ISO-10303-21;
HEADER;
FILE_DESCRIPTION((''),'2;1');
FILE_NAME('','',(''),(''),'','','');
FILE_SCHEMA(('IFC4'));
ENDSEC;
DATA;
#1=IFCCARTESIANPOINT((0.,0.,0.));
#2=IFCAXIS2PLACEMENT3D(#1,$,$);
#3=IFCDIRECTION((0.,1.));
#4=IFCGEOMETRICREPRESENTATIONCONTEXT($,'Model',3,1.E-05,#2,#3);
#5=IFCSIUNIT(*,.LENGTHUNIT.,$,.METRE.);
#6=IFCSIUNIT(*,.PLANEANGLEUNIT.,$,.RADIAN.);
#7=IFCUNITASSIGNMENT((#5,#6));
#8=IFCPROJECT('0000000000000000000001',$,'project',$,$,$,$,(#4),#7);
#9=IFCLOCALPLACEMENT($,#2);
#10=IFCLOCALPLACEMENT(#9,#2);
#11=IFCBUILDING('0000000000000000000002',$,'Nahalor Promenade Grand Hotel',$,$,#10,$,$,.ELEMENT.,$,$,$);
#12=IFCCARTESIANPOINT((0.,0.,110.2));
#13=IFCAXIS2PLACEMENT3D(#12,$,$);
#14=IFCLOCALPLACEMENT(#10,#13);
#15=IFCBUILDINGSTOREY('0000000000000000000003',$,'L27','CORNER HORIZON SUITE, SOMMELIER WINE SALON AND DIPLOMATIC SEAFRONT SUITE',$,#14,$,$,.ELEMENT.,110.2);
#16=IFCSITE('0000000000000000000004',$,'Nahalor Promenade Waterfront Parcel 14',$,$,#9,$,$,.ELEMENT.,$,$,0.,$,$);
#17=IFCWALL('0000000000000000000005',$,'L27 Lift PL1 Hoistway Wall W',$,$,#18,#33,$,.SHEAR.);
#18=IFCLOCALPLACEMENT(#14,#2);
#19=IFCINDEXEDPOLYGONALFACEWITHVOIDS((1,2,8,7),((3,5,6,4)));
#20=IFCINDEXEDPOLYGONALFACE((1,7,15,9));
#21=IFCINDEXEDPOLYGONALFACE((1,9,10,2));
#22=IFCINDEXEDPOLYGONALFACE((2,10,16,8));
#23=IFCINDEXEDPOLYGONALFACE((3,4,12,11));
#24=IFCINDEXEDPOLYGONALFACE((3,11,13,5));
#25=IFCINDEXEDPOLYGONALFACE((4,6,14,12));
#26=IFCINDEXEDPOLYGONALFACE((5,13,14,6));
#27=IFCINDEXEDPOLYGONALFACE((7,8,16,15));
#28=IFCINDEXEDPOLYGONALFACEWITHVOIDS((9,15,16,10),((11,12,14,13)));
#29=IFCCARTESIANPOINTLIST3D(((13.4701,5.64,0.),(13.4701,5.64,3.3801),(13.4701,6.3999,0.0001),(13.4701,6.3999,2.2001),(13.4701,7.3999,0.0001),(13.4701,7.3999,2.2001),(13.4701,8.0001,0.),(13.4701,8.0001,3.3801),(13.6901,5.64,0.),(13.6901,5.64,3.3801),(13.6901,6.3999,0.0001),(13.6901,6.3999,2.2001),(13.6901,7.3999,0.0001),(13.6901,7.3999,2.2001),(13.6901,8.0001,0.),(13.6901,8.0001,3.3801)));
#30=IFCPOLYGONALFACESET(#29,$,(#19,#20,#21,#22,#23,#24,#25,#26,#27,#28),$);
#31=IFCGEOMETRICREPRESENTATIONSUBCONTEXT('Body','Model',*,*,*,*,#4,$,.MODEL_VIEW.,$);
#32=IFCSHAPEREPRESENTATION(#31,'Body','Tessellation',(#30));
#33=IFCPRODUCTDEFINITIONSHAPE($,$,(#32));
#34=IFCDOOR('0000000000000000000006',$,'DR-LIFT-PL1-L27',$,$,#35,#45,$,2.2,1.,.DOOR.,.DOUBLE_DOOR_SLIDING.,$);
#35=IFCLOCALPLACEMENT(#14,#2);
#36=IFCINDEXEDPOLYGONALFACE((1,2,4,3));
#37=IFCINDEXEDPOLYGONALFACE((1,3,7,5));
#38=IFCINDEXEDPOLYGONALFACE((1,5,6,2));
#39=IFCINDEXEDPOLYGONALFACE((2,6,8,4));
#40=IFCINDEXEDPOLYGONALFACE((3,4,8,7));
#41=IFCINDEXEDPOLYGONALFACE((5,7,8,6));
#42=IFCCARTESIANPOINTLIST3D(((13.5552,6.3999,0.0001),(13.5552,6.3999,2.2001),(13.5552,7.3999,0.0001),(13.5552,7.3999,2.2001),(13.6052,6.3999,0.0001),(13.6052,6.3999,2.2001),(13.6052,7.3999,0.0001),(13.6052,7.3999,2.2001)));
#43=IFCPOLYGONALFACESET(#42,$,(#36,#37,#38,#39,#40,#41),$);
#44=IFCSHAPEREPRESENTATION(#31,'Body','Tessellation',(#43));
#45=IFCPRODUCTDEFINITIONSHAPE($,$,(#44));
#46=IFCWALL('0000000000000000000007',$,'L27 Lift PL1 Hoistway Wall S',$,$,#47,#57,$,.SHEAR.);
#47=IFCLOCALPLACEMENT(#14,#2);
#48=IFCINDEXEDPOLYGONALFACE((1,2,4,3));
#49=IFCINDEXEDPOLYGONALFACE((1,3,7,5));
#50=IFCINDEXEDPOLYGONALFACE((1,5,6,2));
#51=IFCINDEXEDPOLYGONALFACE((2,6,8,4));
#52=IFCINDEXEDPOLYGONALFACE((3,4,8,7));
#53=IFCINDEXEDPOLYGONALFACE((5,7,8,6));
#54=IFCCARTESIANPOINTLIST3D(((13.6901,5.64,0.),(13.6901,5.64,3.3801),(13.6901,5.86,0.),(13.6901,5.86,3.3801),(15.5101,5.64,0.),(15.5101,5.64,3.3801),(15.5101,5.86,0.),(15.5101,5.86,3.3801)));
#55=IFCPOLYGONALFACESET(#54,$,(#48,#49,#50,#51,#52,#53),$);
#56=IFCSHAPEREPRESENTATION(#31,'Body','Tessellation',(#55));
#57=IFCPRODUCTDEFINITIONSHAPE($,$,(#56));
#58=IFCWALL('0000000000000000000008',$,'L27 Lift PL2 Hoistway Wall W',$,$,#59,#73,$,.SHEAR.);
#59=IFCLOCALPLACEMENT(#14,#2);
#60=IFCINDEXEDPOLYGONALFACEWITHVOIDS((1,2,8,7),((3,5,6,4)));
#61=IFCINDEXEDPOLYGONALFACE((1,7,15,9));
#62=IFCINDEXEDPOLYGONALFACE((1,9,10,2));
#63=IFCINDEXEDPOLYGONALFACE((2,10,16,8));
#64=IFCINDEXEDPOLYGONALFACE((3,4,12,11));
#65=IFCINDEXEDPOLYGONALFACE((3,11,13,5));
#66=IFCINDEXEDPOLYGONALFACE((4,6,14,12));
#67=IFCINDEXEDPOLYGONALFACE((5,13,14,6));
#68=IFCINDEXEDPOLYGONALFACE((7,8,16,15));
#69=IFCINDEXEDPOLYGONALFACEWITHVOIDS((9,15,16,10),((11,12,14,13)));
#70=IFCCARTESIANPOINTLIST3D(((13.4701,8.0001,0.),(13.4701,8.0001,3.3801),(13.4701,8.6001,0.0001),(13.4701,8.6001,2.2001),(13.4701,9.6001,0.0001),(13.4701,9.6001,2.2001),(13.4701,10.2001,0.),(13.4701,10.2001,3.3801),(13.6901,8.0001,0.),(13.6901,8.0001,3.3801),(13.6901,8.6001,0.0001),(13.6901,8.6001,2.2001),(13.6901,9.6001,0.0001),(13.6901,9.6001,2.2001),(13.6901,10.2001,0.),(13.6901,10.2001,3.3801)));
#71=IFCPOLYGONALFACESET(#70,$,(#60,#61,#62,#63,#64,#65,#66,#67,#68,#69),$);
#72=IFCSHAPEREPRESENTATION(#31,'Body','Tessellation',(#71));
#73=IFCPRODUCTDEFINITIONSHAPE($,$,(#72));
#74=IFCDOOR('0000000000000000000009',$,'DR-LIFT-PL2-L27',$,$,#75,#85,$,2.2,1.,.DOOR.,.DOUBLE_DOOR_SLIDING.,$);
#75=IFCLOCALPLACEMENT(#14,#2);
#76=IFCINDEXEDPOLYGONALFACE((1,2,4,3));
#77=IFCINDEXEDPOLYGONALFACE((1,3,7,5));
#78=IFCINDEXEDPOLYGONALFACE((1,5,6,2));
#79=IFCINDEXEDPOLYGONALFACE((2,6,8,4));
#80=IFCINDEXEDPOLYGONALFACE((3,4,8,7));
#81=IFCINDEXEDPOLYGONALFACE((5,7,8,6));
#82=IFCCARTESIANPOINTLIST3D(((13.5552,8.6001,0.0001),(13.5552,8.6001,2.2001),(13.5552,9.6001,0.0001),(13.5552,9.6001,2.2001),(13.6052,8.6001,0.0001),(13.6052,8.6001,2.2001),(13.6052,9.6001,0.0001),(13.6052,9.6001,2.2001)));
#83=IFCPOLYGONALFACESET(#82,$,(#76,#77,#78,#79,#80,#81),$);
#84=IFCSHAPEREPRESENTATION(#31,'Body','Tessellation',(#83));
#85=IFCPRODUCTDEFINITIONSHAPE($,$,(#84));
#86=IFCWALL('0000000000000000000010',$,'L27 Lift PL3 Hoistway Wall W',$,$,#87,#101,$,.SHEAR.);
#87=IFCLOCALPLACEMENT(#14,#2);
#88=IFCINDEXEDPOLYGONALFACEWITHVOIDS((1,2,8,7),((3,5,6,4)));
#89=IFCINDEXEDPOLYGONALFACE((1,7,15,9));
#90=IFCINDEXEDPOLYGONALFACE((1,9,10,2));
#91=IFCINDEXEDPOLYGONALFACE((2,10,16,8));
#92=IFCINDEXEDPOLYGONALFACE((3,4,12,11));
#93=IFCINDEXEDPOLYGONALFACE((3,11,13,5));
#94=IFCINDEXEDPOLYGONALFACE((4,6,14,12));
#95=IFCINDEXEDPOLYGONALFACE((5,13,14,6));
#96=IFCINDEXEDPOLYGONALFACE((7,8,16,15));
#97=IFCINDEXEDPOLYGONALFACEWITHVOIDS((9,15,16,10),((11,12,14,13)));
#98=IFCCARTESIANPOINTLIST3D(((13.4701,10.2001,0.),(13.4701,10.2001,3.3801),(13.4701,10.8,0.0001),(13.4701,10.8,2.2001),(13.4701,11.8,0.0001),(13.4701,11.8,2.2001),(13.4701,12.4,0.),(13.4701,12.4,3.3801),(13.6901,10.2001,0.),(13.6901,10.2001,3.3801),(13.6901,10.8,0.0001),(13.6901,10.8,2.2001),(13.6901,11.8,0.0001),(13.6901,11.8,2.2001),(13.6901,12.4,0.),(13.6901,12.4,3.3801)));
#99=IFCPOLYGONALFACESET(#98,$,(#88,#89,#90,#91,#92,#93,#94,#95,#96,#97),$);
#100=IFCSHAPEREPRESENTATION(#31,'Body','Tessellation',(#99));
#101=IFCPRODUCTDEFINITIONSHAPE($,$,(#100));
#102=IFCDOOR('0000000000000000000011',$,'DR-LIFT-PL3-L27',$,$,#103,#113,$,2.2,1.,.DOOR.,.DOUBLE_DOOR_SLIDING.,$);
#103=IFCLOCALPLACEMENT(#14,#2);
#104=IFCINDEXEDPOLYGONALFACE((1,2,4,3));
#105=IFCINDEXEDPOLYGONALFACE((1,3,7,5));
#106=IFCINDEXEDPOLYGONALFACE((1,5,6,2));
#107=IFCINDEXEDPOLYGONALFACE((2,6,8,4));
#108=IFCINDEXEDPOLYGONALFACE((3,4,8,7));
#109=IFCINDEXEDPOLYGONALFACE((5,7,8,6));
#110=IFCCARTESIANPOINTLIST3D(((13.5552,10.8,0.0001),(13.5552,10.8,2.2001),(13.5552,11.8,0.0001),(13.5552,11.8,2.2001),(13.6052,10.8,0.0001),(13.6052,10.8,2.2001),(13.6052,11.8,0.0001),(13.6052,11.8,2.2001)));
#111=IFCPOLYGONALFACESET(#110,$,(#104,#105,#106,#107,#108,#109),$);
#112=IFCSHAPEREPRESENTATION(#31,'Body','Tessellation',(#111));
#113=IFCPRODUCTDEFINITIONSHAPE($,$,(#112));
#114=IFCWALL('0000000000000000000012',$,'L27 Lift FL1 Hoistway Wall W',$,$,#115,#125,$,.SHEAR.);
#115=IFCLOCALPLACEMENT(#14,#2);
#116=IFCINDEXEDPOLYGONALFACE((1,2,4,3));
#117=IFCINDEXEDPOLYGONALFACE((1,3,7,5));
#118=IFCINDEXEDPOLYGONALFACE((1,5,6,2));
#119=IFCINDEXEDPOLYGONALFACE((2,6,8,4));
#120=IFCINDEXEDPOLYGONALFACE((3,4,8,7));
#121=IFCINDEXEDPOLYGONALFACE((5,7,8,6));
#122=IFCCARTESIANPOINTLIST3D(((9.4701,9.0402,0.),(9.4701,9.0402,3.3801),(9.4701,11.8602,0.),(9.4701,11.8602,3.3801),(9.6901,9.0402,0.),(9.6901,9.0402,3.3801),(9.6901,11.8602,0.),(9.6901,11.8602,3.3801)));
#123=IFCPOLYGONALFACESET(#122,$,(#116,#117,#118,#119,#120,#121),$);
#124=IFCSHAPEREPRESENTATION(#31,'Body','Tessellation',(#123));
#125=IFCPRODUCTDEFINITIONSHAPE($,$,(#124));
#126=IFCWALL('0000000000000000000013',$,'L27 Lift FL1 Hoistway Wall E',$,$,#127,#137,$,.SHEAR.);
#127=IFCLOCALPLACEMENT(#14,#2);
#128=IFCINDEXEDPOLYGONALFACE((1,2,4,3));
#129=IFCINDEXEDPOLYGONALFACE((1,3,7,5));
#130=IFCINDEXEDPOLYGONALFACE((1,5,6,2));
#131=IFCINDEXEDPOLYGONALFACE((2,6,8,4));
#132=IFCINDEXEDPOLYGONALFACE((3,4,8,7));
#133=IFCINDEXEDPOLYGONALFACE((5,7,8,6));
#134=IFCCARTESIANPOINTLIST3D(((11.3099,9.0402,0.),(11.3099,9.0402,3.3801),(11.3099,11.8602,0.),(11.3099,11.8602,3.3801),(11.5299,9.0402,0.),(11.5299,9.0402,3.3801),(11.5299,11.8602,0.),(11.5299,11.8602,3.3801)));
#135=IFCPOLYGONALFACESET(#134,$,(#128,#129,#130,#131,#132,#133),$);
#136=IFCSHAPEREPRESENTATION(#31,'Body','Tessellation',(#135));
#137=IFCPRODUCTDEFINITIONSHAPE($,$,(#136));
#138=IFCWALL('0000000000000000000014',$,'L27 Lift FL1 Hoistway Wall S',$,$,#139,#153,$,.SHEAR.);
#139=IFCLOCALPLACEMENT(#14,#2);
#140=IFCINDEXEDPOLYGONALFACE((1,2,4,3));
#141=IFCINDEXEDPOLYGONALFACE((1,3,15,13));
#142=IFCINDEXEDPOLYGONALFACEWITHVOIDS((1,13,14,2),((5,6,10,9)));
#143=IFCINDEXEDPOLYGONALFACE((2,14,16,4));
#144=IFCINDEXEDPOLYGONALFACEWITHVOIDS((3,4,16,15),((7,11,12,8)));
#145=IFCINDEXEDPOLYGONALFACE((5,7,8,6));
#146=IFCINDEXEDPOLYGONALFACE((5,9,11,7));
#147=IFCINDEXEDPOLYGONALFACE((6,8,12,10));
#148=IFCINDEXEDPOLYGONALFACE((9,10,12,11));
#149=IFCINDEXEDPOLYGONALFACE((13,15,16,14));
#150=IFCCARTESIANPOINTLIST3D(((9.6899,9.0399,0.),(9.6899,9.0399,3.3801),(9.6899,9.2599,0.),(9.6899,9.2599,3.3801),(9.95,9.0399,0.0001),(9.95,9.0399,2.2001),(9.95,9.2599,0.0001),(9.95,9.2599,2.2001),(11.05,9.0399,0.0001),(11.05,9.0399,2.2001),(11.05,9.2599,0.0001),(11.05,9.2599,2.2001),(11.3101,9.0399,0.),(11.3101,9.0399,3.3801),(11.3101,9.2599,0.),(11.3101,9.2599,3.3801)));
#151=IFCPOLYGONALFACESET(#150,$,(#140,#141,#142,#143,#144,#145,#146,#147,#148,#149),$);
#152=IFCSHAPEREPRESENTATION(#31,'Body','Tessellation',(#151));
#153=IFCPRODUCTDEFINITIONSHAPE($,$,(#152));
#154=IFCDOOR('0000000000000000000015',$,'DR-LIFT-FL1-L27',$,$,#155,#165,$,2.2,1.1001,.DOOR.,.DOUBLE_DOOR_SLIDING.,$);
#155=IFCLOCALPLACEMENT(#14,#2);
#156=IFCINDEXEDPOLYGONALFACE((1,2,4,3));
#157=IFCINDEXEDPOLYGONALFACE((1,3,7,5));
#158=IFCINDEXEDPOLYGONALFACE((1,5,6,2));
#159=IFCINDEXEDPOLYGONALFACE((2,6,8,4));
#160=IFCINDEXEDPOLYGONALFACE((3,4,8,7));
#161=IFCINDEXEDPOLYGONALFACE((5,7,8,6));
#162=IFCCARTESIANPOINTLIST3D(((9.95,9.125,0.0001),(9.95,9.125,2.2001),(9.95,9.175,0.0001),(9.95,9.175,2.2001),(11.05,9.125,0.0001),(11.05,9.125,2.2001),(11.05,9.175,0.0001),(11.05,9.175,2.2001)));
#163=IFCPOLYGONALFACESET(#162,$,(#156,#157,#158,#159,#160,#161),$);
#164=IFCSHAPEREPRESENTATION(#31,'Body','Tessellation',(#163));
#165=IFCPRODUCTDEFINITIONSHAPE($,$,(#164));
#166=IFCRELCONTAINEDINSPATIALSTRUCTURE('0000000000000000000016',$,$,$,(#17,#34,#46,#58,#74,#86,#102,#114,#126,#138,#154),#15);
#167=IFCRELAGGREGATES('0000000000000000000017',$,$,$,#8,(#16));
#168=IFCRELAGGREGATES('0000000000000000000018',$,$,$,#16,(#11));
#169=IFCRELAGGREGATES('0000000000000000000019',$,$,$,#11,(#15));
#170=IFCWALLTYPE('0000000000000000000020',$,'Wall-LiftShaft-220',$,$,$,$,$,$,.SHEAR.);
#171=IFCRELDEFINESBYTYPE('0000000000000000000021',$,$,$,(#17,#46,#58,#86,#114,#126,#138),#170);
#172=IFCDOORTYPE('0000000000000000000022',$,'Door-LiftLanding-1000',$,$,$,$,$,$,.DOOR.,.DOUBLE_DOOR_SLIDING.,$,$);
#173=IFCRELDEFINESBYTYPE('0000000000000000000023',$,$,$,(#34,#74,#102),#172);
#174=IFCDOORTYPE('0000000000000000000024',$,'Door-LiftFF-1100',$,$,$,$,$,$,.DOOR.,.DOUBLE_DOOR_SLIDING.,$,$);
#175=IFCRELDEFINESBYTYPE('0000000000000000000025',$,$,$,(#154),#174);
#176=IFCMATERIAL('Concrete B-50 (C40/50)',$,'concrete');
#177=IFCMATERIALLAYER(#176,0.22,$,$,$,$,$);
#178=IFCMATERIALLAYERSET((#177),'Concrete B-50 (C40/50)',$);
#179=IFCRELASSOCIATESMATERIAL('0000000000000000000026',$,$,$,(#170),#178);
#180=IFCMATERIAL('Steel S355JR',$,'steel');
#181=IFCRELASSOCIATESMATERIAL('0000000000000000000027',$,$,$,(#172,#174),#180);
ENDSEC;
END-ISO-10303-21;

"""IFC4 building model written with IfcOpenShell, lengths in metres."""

from ifc_helpers import new_model, si_unit, direction, frame, frame_2d, origin, place, context, subcontext, project, spatial, rectangle, extrude, source, transform, mapped, material, layer, layer_set, type_object, element, fill, save


model = new_model("IFC4")

# Units and contexts
model_context = context("Model", 3, precision=1e-05, world=origin(), true_north=direction((0.0, 1.0)))
body_context = subcontext(model_context, "Body", "Model", "MODEL_VIEW")
ifc_project = project(units=[si_unit("LENGTHUNIT", "METRE"), si_unit("PLANEANGLEUNIT", "RADIAN")], contexts=[model_context])

# Site, building, storey
site_placement = place(None, origin())
site = spatial("IfcSite", under=ifc_project, at=site_placement, Name="Nahalor Promenade Waterfront Parcel 14", CompositionType="ELEMENT", RefElevation=0.0)
building_placement = place(site_placement, origin())
building = spatial("IfcBuilding", under=site, at=building_placement, Name="Nahalor Promenade Grand Hotel", CompositionType="ELEMENT")
storey_placement = place(building_placement, frame((0.0, 0.0, 110.2)))
storey = spatial("IfcBuildingStorey", under=building, at=storey_placement, Name="L27", Description="CORNER HORIZON SUITE, SOMMELIER WINE SALON AND DIPLOMATIC SEAFRONT SUITE", CompositionType="ELEMENT", Elevation=110.2)

# Shared definitions
ifc_material_1 = material(Name="Steel S355JR", Category="steel")

# Shared definitions
ifc_material_2 = material(Name="Concrete B-50 (C40/50)", Category="concrete")

# Shared definitions
ifc_layer_1 = layer(ifc_material_2, 0.22)
ifc_layer_set_1 = layer_set([ifc_layer_1], Name="Concrete B-50 (C40/50)")
wall_type_1 = type_object("IfcWallType", Name="Wall-LiftShaft-220", PredefinedType="SHEAR", material=ifc_layer_set_1)

# Wall, opening, door
shared_shape_1 = source(origin(), body_context, "Body", "SweptSolid", [
    extrude(rectangle(XDim=2.3601, YDim=0.22, at=frame_2d((1.1802, 0.0))), origin(), (0.0, 0.0, 1.0), 3.3801),
])
wall_1_placement = place(storey_placement, frame((13.5801, 5.6399, 0.0), z_axis=(0.0, 0.0, 1.0), x_axis=(0.0, 1.0, 0.0)))
wall_1 = element("IfcWall", 1, at=wall_1_placement, inside=storey, type_object=wall_type_1, Name="L27 Lift PL1 Hoistway Wall W", PredefinedType="SHEAR", context=body_context, shape_type="MappedRepresentation", body=[
    mapped(shared_shape_1, transform((0.0, 0.0, 0.0), scale=1.0)),
])
opening_1_placement = place(wall_1_placement, frame((0.76, 0.0, 0.0)))
opening_1 = element("IfcOpeningElement", 2, at=opening_1_placement, cuts=wall_1, PredefinedType="OPENING", context=body_context, shape_type="SweptSolid", body=[
    extrude(rectangle(XDim=1.0, YDim=2.2, at=frame_2d((0.5, 1.1001))), frame((0.0, 0.1199, 0.0), z_axis=(0.0, -1.0, 0.0), x_axis=(1.0, 0.0, 0.0)), (0.0, 0.0, 1.0), 0.24),
])
door_type_1 = type_object("IfcDoorType", Name="Door-LiftLanding-1000", OperationType="DOUBLE_DOOR_SLIDING", PredefinedType="DOOR", material=ifc_material_1)
shared_shape_2 = source(origin(), body_context, "Body", "SweptSolid", [
    extrude(rectangle(XDim=1.0, YDim=2.2, at=frame_2d((0.5, 1.1001))), frame((0.0, 0.0249, 0.0), z_axis=(0.0, -1.0, 0.0), x_axis=(1.0, 0.0, 0.0)), (0.0, 0.0, 1.0), 0.05),
])
door_1_placement = place(opening_1_placement, origin())
door_1 = element("IfcDoor", 3, at=door_1_placement, inside=storey, type_object=door_type_1, Name="DR-LIFT-PL1-L27", OperationType="DOUBLE_DOOR_SLIDING", OverallHeight=2.2, OverallWidth=1.0, PredefinedType="DOOR", context=body_context, shape_type="MappedRepresentation", body=[
    mapped(shared_shape_2, transform((0.0, 0.0, 0.0), scale=1.0)),
])
fill(opening_1, door_1)

# Wall
shared_shape_3 = source(origin(), body_context, "Body", "SweptSolid", [
    extrude(rectangle(XDim=1.8201, YDim=0.22, at=frame_2d((0.9102, 0.0))), origin(), (0.0, 0.0, 1.0), 3.3801),
])
wall_2_placement = place(storey_placement, frame((13.6899, 5.75, 0.0), z_axis=(0.0, 0.0, 1.0), x_axis=(1.0, 0.0, 0.0)))
element("IfcWall", 4, at=wall_2_placement, inside=storey, type_object=wall_type_1, Name="L27 Lift PL1 Hoistway Wall S", PredefinedType="SHEAR", context=body_context, shape_type="MappedRepresentation", body=[
    mapped(shared_shape_3, transform((0.0, 0.0, 0.0), scale=1.0)),
])

# Walls, openings, doors
shared_shape_4 = source(origin(), body_context, "Body", "SweptSolid", [
    extrude(rectangle(XDim=2.2, YDim=0.22, at=frame_2d((1.1001, 0.0))), origin(), (0.0, 0.0, 1.0), 3.3801),
])
wall_3_placement = place(storey_placement, frame((13.5801, 8.0, 0.0), z_axis=(0.0, 0.0, 1.0), x_axis=(0.0, 1.0, 0.0)))
wall_3 = element("IfcWall", 5, at=wall_3_placement, inside=storey, type_object=wall_type_1, Name="L27 Lift PL2 Hoistway Wall W", PredefinedType="SHEAR", context=body_context, shape_type="MappedRepresentation", body=[
    mapped(shared_shape_4, transform((0.0, 0.0, 0.0), scale=1.0)),
])
opening_2_placement = place(wall_3_placement, frame((0.6001, 0.0, 0.0)))
opening_2 = element("IfcOpeningElement", 6, at=opening_2_placement, cuts=wall_3, PredefinedType="OPENING", context=body_context, shape_type="SweptSolid", body=[
    extrude(rectangle(XDim=1.0, YDim=2.2, at=frame_2d((0.5, 1.1001))), frame((0.0, 0.1199, 0.0), z_axis=(0.0, -1.0, 0.0), x_axis=(1.0, 0.0, 0.0)), (0.0, 0.0, 1.0), 0.24),
])
door_2_placement = place(opening_2_placement, origin())
door_2 = element("IfcDoor", 7, at=door_2_placement, inside=storey, type_object=door_type_1, Name="DR-LIFT-PL2-L27", OperationType="DOUBLE_DOOR_SLIDING", OverallHeight=2.2, OverallWidth=1.0, PredefinedType="DOOR", context=body_context, shape_type="MappedRepresentation", body=[
    mapped(shared_shape_2, transform((0.0, 0.0, 0.0), scale=1.0)),
])
fill(opening_2, door_2)
wall_4_placement = place(storey_placement, frame((13.5801, 10.2, 0.0), z_axis=(0.0, 0.0, 1.0), x_axis=(0.0, 1.0, 0.0)))
wall_4 = element("IfcWall", 8, at=wall_4_placement, inside=storey, type_object=wall_type_1, Name="L27 Lift PL3 Hoistway Wall W", PredefinedType="SHEAR", context=body_context, shape_type="MappedRepresentation", body=[
    mapped(shared_shape_4, transform((0.0, 0.0, 0.0), scale=1.0)),
])
opening_3_placement = place(wall_4_placement, frame((0.6001, 0.0, 0.0)))
opening_3 = element("IfcOpeningElement", 9, at=opening_3_placement, cuts=wall_4, PredefinedType="OPENING", context=body_context, shape_type="SweptSolid", body=[
    extrude(rectangle(XDim=1.0, YDim=2.2, at=frame_2d((0.5, 1.1001))), frame((0.0, 0.1199, 0.0), z_axis=(0.0, -1.0, 0.0), x_axis=(1.0, 0.0, 0.0)), (0.0, 0.0, 1.0), 0.24),
])
door_3_placement = place(opening_3_placement, origin())
door_3 = element("IfcDoor", 10, at=door_3_placement, inside=storey, type_object=door_type_1, Name="DR-LIFT-PL3-L27", OperationType="DOUBLE_DOOR_SLIDING", OverallHeight=2.2, OverallWidth=1.0, PredefinedType="DOOR", context=body_context, shape_type="MappedRepresentation", body=[
    mapped(shared_shape_2, transform((0.0, 0.0, 0.0), scale=1.0)),
])
fill(opening_3, door_3)

# Walls
shared_shape_5 = source(origin(), body_context, "Body", "SweptSolid", [
    extrude(rectangle(XDim=2.8201, YDim=0.22, at=frame_2d((1.4102, 0.0))), origin(), (0.0, 0.0, 1.0), 3.3801),
])
for number, where, z_axis, x_axis, name in (
    (11, (9.5801, 9.04, 0.0), (0.0, 0.0, 1.0), (0.0, 1.0, 0.0), "L27 Lift FL1 Hoistway Wall W"),
    (12, (11.4199, 9.04, 0.0), (0.0, 0.0, 1.0), (0.0, 1.0, 0.0), "L27 Lift FL1 Hoistway Wall E"),
):
    element("IfcWall", number, at=place(storey_placement, frame(where, z_axis=z_axis, x_axis=x_axis)), inside=storey, type_object=wall_type_1, Name=name, PredefinedType="SHEAR", context=body_context, shape_type="MappedRepresentation", body=[
        mapped(shared_shape_5, transform((0.0, 0.0, 0.0), scale=1.0)),
    ])

# Wall, opening, door
shared_shape_6 = source(origin(), body_context, "Body", "SweptSolid", [
    extrude(rectangle(XDim=1.6201, YDim=0.22, at=frame_2d((0.8101, 0.0))), origin(), (0.0, 0.0, 1.0), 3.3801),
])
wall_5_placement = place(storey_placement, frame((9.6899, 9.1499, 0.0), z_axis=(0.0, 0.0, 1.0), x_axis=(1.0, 0.0, 0.0)))
wall_5 = element("IfcWall", 13, at=wall_5_placement, inside=storey, type_object=wall_type_1, Name="L27 Lift FL1 Hoistway Wall S", PredefinedType="SHEAR", context=body_context, shape_type="MappedRepresentation", body=[
    mapped(shared_shape_6, transform((0.0, 0.0, 0.0), scale=1.0)),
])
opening_4_placement = place(wall_5_placement, frame((0.26, 0.0, 0.0)))
opening_4 = element("IfcOpeningElement", 14, at=opening_4_placement, cuts=wall_5, PredefinedType="OPENING", context=body_context, shape_type="SweptSolid", body=[
    extrude(rectangle(XDim=1.1001, YDim=2.2, at=frame_2d((0.55, 1.1001))), frame((0.0, 0.1199, 0.0), z_axis=(0.0, -1.0, 0.0), x_axis=(1.0, 0.0, 0.0)), (0.0, 0.0, 1.0), 0.24),
])
door_type_2 = type_object("IfcDoorType", Name="Door-LiftFF-1100", OperationType="DOUBLE_DOOR_SLIDING", PredefinedType="DOOR", material=ifc_material_1)
shared_shape_7 = source(origin(), body_context, "Body", "SweptSolid", [
    extrude(rectangle(XDim=1.1001, YDim=2.2, at=frame_2d((0.55, 1.1001))), frame((0.0, 0.0249, 0.0), z_axis=(0.0, -1.0, 0.0), x_axis=(1.0, 0.0, 0.0)), (0.0, 0.0, 1.0), 0.05),
])
door_4_placement = place(opening_4_placement, frame((1.1001, 0.0, 0.0), z_axis=(0.0, 0.0, 1.0), x_axis=(-1.0, 0.0, 0.0)))
door_4 = element("IfcDoor", 15, at=door_4_placement, inside=storey, type_object=door_type_2, Name="DR-LIFT-FL1-L27", OperationType="DOUBLE_DOOR_SLIDING", OverallHeight=2.2, OverallWidth=1.1001, PredefinedType="DOOR", context=body_context, shape_type="MappedRepresentation", body=[
    mapped(shared_shape_7, transform((0.0, 0.0, 0.0), scale=1.0)),
])
fill(opening_4, door_4)

save(model, "model.ifc")
